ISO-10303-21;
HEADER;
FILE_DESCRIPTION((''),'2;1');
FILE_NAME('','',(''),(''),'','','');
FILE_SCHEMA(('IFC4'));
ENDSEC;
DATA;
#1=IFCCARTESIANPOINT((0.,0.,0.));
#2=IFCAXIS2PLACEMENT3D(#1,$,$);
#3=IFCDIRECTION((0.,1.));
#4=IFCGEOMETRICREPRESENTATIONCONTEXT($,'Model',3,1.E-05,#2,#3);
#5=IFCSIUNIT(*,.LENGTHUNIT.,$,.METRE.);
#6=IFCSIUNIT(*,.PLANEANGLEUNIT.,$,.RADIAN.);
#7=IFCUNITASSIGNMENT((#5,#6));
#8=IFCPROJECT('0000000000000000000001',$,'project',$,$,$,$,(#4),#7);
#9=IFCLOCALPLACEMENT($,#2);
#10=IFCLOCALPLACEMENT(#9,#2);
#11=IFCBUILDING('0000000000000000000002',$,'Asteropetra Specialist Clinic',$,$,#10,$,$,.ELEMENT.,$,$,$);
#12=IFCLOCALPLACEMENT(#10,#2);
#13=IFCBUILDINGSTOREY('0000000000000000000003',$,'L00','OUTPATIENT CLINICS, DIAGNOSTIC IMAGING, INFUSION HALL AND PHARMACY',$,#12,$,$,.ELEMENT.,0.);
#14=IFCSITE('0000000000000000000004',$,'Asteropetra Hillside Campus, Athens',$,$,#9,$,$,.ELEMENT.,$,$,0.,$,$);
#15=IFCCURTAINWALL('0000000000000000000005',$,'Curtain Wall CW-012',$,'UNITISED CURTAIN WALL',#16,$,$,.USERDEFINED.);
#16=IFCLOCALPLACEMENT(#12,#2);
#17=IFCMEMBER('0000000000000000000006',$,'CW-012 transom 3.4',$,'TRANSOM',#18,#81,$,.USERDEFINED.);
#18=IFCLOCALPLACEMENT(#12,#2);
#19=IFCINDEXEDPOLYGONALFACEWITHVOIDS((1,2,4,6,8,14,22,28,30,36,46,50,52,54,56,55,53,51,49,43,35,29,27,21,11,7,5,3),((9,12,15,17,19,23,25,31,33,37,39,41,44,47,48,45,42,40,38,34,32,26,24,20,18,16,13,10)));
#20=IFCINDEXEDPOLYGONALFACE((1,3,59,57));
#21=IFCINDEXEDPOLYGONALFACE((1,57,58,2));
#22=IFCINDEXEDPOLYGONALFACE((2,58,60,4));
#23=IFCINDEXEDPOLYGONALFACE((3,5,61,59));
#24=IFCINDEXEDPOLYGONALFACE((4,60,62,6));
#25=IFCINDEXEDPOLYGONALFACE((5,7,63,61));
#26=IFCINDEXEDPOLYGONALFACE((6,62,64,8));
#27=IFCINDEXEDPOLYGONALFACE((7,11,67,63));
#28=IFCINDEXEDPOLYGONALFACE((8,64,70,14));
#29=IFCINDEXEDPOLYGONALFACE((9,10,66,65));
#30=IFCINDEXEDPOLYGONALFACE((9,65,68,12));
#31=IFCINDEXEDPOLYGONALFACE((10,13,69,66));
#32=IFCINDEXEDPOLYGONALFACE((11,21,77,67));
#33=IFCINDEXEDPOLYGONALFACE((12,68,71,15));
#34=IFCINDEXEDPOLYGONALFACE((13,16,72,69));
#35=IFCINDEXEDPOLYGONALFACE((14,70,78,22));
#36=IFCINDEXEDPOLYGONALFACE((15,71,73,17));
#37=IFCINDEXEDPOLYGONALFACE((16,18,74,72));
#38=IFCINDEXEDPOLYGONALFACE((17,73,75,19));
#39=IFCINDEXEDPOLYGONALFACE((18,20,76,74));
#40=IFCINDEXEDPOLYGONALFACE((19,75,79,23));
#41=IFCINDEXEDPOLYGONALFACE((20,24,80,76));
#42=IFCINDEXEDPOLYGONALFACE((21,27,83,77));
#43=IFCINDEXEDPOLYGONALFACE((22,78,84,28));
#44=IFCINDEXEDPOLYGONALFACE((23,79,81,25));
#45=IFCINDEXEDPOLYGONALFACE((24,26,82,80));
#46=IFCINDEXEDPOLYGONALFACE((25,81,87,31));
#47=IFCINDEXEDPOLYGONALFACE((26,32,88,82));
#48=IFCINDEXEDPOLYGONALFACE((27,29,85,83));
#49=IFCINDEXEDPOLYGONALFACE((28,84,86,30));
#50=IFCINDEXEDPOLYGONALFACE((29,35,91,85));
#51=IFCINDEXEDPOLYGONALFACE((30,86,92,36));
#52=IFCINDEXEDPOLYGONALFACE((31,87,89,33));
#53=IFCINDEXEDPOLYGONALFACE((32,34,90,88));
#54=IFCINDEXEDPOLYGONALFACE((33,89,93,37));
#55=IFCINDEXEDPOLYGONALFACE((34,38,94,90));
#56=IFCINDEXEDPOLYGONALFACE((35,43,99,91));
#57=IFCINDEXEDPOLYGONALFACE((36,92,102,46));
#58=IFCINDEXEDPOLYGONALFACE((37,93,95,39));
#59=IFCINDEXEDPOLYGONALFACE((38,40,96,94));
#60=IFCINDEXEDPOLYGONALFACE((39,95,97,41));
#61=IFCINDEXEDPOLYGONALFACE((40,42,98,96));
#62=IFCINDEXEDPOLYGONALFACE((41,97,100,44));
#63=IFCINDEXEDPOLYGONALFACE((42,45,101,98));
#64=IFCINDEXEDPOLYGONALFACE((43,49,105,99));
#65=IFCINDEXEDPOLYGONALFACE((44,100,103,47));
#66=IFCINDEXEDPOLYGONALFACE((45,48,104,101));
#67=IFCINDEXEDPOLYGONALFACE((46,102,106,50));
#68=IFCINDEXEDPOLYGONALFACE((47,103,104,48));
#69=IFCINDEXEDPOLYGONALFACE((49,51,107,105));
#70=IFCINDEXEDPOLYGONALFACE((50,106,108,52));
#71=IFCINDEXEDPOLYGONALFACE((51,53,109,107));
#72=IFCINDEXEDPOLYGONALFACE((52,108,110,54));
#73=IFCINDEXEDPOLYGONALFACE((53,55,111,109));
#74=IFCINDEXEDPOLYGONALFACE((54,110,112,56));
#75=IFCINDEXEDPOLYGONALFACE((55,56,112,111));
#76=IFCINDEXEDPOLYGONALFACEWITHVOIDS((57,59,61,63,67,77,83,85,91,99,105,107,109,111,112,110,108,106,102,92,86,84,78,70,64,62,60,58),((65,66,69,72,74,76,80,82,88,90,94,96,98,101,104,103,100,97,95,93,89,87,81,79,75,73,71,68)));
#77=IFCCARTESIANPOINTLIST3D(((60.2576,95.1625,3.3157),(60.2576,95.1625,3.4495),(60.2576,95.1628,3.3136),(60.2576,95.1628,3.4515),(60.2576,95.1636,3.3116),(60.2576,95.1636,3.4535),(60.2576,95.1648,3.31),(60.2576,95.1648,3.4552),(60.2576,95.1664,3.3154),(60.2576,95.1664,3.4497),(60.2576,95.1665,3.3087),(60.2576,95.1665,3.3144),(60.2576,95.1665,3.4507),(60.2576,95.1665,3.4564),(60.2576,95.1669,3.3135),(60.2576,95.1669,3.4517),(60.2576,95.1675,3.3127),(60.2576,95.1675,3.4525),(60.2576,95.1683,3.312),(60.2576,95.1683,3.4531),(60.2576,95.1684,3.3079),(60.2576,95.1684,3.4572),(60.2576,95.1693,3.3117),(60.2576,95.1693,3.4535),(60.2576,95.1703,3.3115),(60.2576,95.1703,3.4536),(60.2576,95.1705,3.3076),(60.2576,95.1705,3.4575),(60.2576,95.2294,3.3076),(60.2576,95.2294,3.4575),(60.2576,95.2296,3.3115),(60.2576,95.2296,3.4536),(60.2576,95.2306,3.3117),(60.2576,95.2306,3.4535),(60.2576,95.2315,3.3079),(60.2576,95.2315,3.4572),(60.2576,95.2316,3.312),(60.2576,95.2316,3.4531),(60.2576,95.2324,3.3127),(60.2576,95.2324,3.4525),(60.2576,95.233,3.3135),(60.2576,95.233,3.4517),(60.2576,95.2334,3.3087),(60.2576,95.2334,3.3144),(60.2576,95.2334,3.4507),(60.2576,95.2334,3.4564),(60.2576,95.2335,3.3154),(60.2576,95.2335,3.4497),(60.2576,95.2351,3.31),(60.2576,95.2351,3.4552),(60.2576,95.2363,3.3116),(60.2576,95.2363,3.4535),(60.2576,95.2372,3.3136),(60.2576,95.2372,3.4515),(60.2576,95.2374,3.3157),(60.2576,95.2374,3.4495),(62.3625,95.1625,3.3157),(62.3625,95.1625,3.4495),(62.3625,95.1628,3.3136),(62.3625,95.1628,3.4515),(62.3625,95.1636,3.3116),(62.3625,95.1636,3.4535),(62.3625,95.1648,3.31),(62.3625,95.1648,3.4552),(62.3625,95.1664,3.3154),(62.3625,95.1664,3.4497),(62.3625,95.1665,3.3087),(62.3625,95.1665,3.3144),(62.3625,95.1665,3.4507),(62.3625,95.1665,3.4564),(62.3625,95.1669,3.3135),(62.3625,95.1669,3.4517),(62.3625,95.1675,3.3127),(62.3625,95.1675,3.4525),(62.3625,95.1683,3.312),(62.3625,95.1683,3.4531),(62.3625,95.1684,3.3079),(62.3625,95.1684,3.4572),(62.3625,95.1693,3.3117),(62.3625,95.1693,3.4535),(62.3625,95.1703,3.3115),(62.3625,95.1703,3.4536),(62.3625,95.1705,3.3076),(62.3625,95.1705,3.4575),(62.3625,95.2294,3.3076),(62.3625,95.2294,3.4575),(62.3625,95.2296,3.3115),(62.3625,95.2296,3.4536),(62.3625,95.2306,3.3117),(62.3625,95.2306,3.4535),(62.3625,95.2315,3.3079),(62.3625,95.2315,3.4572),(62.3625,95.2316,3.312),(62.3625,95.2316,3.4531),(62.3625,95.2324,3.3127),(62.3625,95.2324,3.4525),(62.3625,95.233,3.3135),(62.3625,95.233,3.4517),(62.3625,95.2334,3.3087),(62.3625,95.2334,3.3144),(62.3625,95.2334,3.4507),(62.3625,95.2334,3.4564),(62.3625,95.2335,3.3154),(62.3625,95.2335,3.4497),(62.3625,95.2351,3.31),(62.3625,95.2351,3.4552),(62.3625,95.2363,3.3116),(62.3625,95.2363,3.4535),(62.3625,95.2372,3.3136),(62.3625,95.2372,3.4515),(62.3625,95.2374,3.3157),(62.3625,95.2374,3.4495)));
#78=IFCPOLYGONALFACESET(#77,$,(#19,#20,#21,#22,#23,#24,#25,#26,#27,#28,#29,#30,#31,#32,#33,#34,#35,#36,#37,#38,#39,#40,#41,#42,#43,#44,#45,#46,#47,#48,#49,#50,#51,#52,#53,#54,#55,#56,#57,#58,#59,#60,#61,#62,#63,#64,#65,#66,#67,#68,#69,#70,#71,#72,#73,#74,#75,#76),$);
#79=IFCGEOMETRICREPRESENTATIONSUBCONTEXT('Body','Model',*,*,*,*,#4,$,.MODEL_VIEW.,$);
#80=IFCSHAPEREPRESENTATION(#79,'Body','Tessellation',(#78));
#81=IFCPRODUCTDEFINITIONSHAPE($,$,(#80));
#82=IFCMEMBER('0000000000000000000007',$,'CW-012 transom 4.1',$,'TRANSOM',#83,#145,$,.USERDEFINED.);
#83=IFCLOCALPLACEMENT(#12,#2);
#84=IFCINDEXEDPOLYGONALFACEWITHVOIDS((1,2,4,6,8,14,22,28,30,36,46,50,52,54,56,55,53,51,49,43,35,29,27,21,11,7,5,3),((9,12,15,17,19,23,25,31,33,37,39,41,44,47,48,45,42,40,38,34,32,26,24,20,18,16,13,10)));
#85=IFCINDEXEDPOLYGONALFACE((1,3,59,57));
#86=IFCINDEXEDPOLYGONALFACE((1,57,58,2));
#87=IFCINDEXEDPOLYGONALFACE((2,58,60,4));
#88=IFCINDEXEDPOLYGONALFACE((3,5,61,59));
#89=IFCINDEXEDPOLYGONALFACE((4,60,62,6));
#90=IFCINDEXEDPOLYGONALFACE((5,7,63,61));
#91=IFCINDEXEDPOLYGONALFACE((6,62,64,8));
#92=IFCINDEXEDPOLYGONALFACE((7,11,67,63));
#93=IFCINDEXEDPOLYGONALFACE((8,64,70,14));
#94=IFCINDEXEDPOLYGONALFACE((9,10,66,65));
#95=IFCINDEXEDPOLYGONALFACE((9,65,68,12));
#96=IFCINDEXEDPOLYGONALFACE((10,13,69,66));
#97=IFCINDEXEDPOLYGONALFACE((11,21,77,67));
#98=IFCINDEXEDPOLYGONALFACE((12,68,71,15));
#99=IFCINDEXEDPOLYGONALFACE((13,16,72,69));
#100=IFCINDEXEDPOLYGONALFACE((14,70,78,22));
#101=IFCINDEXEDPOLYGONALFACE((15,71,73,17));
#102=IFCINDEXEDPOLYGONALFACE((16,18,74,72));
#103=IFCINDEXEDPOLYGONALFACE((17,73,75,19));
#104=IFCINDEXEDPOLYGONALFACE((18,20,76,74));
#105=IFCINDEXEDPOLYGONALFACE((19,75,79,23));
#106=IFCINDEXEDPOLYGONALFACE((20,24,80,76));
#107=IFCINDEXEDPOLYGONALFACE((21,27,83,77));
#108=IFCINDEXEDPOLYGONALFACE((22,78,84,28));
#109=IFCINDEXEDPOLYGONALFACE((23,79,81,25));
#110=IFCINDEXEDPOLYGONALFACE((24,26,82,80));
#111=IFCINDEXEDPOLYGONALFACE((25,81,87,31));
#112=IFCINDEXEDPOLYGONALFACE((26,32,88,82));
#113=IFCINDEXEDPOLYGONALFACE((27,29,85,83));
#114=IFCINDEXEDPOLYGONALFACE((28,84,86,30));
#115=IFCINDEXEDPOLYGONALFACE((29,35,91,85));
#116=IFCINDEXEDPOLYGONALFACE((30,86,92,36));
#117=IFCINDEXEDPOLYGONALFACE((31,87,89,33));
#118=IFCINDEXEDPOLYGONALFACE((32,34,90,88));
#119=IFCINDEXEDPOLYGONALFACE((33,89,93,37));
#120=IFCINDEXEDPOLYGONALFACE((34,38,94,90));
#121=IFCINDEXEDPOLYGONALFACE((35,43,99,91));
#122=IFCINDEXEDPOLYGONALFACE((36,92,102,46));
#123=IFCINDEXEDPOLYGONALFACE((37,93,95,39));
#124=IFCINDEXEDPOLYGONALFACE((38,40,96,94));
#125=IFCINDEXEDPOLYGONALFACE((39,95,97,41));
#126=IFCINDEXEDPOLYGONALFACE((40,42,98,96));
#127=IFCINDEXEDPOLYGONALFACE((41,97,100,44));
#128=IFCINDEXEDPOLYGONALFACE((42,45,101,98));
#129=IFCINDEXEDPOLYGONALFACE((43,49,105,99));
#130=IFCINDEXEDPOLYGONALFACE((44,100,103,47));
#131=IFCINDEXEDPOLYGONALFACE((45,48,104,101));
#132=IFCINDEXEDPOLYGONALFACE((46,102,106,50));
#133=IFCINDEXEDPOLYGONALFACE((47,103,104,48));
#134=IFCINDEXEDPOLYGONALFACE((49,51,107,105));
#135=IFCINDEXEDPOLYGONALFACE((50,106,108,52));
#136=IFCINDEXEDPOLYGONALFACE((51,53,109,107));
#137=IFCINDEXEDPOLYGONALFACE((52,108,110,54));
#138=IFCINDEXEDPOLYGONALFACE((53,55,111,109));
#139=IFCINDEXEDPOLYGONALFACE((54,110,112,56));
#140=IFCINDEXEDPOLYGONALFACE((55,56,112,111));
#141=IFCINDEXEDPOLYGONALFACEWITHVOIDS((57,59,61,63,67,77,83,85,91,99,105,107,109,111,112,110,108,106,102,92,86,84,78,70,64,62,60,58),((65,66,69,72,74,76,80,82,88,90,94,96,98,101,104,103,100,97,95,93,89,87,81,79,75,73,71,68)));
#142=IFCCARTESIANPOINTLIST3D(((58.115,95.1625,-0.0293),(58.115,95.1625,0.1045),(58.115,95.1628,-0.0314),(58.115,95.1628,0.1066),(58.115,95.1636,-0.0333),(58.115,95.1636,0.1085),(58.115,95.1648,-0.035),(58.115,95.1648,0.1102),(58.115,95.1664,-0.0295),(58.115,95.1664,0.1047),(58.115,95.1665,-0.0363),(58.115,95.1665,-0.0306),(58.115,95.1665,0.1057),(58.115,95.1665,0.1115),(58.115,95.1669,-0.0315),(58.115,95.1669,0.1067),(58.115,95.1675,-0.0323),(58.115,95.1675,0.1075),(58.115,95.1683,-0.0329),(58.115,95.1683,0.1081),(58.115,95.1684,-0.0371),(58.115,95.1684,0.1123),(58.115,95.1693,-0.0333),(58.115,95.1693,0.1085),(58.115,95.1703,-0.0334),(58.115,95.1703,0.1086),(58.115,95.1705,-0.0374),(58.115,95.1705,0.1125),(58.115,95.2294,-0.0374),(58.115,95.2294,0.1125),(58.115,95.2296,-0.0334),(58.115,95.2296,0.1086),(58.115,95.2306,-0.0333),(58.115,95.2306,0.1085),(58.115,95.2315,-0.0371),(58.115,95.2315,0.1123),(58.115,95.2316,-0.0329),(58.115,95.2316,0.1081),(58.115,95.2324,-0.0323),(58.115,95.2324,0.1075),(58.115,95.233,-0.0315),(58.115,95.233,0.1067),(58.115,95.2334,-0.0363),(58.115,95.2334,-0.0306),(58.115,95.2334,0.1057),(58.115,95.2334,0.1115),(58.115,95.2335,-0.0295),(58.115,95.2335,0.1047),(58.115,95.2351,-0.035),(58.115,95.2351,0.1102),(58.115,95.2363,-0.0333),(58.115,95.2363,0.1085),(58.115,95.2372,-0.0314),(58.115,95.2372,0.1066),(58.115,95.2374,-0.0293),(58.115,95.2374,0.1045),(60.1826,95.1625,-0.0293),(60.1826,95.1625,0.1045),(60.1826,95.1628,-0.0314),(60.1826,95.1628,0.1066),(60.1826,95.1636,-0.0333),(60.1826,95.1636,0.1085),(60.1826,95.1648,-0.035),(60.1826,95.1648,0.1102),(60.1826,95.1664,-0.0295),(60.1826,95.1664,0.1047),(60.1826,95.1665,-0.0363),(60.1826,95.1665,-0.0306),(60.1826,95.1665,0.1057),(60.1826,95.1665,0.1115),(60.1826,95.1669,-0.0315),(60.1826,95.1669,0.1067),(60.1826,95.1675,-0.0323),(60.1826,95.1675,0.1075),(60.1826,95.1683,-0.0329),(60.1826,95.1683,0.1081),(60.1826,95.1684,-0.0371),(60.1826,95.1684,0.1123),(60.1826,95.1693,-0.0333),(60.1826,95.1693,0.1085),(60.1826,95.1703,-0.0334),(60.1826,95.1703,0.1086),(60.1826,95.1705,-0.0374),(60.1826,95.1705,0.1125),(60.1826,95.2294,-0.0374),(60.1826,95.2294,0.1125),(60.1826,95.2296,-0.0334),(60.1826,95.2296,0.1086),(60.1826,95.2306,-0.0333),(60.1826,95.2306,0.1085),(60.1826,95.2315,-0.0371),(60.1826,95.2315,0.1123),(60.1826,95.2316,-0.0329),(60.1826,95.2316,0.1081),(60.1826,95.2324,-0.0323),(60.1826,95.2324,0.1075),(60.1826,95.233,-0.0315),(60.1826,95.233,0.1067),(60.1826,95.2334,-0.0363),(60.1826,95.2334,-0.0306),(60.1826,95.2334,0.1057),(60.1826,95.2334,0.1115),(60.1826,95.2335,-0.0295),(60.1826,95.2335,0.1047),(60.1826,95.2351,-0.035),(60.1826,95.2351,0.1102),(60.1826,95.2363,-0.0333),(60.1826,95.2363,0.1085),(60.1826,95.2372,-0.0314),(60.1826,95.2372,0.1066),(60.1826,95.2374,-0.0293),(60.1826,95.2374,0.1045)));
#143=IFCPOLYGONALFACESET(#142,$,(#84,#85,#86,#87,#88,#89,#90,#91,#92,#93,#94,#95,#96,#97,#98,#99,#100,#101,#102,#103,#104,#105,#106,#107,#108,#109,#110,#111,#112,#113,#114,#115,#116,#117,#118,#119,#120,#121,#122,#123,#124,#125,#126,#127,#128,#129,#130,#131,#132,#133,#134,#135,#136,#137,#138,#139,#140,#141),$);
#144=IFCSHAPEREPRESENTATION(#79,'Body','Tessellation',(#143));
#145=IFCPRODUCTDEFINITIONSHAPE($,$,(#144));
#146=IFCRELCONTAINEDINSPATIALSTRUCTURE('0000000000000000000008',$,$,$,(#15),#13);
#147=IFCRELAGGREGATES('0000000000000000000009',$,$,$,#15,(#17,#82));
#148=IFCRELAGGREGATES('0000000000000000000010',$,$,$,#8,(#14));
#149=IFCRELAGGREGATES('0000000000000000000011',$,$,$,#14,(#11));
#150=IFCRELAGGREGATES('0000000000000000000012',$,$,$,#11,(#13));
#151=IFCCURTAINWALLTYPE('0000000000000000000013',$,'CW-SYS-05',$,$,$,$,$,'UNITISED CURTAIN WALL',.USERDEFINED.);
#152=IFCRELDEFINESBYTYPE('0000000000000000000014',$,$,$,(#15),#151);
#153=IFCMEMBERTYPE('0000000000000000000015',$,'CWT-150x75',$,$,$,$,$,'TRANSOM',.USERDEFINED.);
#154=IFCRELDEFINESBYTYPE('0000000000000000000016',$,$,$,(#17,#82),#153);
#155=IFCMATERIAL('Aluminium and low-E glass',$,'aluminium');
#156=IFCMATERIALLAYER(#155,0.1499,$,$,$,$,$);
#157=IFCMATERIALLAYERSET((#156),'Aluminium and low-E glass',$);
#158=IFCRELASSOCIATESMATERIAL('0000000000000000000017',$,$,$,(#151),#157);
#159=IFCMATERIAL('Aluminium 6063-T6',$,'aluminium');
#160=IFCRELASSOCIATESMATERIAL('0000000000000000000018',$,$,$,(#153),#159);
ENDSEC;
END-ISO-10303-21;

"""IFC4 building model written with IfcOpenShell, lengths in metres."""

from ifc_helpers import new_model, si_unit, direction, frame, origin, origin_2d, place, context, subcontext, project, spatial, hollow_rectangle, extrude, material, layer, layer_set, material_profile, profile_set, type_object, element, aggregate, save


model = new_model("IFC4")

# Units and contexts
model_context = context("Model", 3, precision=1e-05, world=origin(), true_north=direction((0.0, 1.0)))
body_context = subcontext(model_context, "Body", "Model", "MODEL_VIEW")
ifc_project = project(units=[si_unit("LENGTHUNIT", "METRE"), si_unit("PLANEANGLEUNIT", "RADIAN")], contexts=[model_context])

# Site, building, storey
site_placement = place(None, origin())
site = spatial("IfcSite", under=ifc_project, at=site_placement, Name="Asteropetra Hillside Campus, Athens", CompositionType="ELEMENT", RefElevation=0.0)
building_placement = place(site_placement, origin())
building = spatial("IfcBuilding", under=site, at=building_placement, Name="Asteropetra Specialist Clinic", CompositionType="ELEMENT")
storey_placement = place(building_placement, origin())
storey = spatial("IfcBuildingStorey", under=building, at=storey_placement, Name="L00", Description="OUTPATIENT CLINICS, DIAGNOSTIC IMAGING, INFUSION HALL AND PHARMACY", CompositionType="ELEMENT", Elevation=0.0)

# Curtain wall
ifc_material_1 = material(Name="Aluminium and low-E glass", Category="aluminium")
ifc_layer_1 = layer(ifc_material_1, 0.1499)
ifc_layer_set_1 = layer_set([ifc_layer_1], Name="Aluminium and low-E glass")
curtain_wall_type_1 = type_object("IfcCurtainWallType", Name="CW-SYS-05", ElementType="UNITISED CURTAIN WALL", PredefinedType="USERDEFINED", material=ifc_layer_set_1)
curtain_wall_1_placement = place(storey_placement, origin())
curtain_wall_1 = element("IfcCurtainWall", 1, at=curtain_wall_1_placement, inside=storey, type_object=curtain_wall_type_1, Name="Curtain Wall CW-012", ObjectType="UNITISED CURTAIN WALL", PredefinedType="USERDEFINED")

# Members
ifc_material_2 = material(Name="Aluminium 6063-T6", Category="aluminium")
ifc_material_profile_1 = material_profile(ifc_material_2, hollow_rectangle(XDim=0.075, YDim=0.1499, WallThickness=0.0039, InnerFilletRadius=0.0039, OuterFilletRadius=0.0081, at=origin_2d()), Name="TRN 150x75x4.0")
ifc_profile_set_1 = profile_set([ifc_material_profile_1], Name="Aluminium 6063-T6")
member_type_1 = type_object("IfcMemberType", Name="CWT-150x75", ElementType="TRANSOM", PredefinedType="USERDEFINED", material=ifc_profile_set_1)
member_1_placement = place(storey_placement, frame((62.3625, 95.2, 3.3826), z_axis=(-1.0, 0.0, 0.0), x_axis=(0.0, -1.0, 0.0)))
member_1 = element("IfcMember", 2, at=member_1_placement, type_object=member_type_1, Name="CW-012 transom 3.4", ObjectType="TRANSOM", PredefinedType="USERDEFINED", context=body_context, shape_type="SweptSolid", body=[
    extrude(hollow_rectangle(XDim=0.075, YDim=0.1499, WallThickness=0.0039, InnerFilletRadius=0.0039, OuterFilletRadius=0.0081, at=origin_2d()), origin(), (0.0, 0.0, 1.0), 2.105),
])
member_2_placement = place(storey_placement, frame((60.1826, 95.2, 0.0376), z_axis=(-1.0, 0.0, 0.0), x_axis=(0.0, -1.0, 0.0)))
member_2 = element("IfcMember", 3, at=member_2_placement, type_object=member_type_1, Name="CW-012 transom 4.1", ObjectType="TRANSOM", PredefinedType="USERDEFINED", context=body_context, shape_type="SweptSolid", body=[
    extrude(hollow_rectangle(XDim=0.075, YDim=0.1499, WallThickness=0.0039, InnerFilletRadius=0.0039, OuterFilletRadius=0.0081, at=origin_2d()), origin(), (0.0, 0.0, 1.0), 2.0676),
])

aggregate(curtain_wall_1, [member_1, member_2])

save(model, "model.ifc")
